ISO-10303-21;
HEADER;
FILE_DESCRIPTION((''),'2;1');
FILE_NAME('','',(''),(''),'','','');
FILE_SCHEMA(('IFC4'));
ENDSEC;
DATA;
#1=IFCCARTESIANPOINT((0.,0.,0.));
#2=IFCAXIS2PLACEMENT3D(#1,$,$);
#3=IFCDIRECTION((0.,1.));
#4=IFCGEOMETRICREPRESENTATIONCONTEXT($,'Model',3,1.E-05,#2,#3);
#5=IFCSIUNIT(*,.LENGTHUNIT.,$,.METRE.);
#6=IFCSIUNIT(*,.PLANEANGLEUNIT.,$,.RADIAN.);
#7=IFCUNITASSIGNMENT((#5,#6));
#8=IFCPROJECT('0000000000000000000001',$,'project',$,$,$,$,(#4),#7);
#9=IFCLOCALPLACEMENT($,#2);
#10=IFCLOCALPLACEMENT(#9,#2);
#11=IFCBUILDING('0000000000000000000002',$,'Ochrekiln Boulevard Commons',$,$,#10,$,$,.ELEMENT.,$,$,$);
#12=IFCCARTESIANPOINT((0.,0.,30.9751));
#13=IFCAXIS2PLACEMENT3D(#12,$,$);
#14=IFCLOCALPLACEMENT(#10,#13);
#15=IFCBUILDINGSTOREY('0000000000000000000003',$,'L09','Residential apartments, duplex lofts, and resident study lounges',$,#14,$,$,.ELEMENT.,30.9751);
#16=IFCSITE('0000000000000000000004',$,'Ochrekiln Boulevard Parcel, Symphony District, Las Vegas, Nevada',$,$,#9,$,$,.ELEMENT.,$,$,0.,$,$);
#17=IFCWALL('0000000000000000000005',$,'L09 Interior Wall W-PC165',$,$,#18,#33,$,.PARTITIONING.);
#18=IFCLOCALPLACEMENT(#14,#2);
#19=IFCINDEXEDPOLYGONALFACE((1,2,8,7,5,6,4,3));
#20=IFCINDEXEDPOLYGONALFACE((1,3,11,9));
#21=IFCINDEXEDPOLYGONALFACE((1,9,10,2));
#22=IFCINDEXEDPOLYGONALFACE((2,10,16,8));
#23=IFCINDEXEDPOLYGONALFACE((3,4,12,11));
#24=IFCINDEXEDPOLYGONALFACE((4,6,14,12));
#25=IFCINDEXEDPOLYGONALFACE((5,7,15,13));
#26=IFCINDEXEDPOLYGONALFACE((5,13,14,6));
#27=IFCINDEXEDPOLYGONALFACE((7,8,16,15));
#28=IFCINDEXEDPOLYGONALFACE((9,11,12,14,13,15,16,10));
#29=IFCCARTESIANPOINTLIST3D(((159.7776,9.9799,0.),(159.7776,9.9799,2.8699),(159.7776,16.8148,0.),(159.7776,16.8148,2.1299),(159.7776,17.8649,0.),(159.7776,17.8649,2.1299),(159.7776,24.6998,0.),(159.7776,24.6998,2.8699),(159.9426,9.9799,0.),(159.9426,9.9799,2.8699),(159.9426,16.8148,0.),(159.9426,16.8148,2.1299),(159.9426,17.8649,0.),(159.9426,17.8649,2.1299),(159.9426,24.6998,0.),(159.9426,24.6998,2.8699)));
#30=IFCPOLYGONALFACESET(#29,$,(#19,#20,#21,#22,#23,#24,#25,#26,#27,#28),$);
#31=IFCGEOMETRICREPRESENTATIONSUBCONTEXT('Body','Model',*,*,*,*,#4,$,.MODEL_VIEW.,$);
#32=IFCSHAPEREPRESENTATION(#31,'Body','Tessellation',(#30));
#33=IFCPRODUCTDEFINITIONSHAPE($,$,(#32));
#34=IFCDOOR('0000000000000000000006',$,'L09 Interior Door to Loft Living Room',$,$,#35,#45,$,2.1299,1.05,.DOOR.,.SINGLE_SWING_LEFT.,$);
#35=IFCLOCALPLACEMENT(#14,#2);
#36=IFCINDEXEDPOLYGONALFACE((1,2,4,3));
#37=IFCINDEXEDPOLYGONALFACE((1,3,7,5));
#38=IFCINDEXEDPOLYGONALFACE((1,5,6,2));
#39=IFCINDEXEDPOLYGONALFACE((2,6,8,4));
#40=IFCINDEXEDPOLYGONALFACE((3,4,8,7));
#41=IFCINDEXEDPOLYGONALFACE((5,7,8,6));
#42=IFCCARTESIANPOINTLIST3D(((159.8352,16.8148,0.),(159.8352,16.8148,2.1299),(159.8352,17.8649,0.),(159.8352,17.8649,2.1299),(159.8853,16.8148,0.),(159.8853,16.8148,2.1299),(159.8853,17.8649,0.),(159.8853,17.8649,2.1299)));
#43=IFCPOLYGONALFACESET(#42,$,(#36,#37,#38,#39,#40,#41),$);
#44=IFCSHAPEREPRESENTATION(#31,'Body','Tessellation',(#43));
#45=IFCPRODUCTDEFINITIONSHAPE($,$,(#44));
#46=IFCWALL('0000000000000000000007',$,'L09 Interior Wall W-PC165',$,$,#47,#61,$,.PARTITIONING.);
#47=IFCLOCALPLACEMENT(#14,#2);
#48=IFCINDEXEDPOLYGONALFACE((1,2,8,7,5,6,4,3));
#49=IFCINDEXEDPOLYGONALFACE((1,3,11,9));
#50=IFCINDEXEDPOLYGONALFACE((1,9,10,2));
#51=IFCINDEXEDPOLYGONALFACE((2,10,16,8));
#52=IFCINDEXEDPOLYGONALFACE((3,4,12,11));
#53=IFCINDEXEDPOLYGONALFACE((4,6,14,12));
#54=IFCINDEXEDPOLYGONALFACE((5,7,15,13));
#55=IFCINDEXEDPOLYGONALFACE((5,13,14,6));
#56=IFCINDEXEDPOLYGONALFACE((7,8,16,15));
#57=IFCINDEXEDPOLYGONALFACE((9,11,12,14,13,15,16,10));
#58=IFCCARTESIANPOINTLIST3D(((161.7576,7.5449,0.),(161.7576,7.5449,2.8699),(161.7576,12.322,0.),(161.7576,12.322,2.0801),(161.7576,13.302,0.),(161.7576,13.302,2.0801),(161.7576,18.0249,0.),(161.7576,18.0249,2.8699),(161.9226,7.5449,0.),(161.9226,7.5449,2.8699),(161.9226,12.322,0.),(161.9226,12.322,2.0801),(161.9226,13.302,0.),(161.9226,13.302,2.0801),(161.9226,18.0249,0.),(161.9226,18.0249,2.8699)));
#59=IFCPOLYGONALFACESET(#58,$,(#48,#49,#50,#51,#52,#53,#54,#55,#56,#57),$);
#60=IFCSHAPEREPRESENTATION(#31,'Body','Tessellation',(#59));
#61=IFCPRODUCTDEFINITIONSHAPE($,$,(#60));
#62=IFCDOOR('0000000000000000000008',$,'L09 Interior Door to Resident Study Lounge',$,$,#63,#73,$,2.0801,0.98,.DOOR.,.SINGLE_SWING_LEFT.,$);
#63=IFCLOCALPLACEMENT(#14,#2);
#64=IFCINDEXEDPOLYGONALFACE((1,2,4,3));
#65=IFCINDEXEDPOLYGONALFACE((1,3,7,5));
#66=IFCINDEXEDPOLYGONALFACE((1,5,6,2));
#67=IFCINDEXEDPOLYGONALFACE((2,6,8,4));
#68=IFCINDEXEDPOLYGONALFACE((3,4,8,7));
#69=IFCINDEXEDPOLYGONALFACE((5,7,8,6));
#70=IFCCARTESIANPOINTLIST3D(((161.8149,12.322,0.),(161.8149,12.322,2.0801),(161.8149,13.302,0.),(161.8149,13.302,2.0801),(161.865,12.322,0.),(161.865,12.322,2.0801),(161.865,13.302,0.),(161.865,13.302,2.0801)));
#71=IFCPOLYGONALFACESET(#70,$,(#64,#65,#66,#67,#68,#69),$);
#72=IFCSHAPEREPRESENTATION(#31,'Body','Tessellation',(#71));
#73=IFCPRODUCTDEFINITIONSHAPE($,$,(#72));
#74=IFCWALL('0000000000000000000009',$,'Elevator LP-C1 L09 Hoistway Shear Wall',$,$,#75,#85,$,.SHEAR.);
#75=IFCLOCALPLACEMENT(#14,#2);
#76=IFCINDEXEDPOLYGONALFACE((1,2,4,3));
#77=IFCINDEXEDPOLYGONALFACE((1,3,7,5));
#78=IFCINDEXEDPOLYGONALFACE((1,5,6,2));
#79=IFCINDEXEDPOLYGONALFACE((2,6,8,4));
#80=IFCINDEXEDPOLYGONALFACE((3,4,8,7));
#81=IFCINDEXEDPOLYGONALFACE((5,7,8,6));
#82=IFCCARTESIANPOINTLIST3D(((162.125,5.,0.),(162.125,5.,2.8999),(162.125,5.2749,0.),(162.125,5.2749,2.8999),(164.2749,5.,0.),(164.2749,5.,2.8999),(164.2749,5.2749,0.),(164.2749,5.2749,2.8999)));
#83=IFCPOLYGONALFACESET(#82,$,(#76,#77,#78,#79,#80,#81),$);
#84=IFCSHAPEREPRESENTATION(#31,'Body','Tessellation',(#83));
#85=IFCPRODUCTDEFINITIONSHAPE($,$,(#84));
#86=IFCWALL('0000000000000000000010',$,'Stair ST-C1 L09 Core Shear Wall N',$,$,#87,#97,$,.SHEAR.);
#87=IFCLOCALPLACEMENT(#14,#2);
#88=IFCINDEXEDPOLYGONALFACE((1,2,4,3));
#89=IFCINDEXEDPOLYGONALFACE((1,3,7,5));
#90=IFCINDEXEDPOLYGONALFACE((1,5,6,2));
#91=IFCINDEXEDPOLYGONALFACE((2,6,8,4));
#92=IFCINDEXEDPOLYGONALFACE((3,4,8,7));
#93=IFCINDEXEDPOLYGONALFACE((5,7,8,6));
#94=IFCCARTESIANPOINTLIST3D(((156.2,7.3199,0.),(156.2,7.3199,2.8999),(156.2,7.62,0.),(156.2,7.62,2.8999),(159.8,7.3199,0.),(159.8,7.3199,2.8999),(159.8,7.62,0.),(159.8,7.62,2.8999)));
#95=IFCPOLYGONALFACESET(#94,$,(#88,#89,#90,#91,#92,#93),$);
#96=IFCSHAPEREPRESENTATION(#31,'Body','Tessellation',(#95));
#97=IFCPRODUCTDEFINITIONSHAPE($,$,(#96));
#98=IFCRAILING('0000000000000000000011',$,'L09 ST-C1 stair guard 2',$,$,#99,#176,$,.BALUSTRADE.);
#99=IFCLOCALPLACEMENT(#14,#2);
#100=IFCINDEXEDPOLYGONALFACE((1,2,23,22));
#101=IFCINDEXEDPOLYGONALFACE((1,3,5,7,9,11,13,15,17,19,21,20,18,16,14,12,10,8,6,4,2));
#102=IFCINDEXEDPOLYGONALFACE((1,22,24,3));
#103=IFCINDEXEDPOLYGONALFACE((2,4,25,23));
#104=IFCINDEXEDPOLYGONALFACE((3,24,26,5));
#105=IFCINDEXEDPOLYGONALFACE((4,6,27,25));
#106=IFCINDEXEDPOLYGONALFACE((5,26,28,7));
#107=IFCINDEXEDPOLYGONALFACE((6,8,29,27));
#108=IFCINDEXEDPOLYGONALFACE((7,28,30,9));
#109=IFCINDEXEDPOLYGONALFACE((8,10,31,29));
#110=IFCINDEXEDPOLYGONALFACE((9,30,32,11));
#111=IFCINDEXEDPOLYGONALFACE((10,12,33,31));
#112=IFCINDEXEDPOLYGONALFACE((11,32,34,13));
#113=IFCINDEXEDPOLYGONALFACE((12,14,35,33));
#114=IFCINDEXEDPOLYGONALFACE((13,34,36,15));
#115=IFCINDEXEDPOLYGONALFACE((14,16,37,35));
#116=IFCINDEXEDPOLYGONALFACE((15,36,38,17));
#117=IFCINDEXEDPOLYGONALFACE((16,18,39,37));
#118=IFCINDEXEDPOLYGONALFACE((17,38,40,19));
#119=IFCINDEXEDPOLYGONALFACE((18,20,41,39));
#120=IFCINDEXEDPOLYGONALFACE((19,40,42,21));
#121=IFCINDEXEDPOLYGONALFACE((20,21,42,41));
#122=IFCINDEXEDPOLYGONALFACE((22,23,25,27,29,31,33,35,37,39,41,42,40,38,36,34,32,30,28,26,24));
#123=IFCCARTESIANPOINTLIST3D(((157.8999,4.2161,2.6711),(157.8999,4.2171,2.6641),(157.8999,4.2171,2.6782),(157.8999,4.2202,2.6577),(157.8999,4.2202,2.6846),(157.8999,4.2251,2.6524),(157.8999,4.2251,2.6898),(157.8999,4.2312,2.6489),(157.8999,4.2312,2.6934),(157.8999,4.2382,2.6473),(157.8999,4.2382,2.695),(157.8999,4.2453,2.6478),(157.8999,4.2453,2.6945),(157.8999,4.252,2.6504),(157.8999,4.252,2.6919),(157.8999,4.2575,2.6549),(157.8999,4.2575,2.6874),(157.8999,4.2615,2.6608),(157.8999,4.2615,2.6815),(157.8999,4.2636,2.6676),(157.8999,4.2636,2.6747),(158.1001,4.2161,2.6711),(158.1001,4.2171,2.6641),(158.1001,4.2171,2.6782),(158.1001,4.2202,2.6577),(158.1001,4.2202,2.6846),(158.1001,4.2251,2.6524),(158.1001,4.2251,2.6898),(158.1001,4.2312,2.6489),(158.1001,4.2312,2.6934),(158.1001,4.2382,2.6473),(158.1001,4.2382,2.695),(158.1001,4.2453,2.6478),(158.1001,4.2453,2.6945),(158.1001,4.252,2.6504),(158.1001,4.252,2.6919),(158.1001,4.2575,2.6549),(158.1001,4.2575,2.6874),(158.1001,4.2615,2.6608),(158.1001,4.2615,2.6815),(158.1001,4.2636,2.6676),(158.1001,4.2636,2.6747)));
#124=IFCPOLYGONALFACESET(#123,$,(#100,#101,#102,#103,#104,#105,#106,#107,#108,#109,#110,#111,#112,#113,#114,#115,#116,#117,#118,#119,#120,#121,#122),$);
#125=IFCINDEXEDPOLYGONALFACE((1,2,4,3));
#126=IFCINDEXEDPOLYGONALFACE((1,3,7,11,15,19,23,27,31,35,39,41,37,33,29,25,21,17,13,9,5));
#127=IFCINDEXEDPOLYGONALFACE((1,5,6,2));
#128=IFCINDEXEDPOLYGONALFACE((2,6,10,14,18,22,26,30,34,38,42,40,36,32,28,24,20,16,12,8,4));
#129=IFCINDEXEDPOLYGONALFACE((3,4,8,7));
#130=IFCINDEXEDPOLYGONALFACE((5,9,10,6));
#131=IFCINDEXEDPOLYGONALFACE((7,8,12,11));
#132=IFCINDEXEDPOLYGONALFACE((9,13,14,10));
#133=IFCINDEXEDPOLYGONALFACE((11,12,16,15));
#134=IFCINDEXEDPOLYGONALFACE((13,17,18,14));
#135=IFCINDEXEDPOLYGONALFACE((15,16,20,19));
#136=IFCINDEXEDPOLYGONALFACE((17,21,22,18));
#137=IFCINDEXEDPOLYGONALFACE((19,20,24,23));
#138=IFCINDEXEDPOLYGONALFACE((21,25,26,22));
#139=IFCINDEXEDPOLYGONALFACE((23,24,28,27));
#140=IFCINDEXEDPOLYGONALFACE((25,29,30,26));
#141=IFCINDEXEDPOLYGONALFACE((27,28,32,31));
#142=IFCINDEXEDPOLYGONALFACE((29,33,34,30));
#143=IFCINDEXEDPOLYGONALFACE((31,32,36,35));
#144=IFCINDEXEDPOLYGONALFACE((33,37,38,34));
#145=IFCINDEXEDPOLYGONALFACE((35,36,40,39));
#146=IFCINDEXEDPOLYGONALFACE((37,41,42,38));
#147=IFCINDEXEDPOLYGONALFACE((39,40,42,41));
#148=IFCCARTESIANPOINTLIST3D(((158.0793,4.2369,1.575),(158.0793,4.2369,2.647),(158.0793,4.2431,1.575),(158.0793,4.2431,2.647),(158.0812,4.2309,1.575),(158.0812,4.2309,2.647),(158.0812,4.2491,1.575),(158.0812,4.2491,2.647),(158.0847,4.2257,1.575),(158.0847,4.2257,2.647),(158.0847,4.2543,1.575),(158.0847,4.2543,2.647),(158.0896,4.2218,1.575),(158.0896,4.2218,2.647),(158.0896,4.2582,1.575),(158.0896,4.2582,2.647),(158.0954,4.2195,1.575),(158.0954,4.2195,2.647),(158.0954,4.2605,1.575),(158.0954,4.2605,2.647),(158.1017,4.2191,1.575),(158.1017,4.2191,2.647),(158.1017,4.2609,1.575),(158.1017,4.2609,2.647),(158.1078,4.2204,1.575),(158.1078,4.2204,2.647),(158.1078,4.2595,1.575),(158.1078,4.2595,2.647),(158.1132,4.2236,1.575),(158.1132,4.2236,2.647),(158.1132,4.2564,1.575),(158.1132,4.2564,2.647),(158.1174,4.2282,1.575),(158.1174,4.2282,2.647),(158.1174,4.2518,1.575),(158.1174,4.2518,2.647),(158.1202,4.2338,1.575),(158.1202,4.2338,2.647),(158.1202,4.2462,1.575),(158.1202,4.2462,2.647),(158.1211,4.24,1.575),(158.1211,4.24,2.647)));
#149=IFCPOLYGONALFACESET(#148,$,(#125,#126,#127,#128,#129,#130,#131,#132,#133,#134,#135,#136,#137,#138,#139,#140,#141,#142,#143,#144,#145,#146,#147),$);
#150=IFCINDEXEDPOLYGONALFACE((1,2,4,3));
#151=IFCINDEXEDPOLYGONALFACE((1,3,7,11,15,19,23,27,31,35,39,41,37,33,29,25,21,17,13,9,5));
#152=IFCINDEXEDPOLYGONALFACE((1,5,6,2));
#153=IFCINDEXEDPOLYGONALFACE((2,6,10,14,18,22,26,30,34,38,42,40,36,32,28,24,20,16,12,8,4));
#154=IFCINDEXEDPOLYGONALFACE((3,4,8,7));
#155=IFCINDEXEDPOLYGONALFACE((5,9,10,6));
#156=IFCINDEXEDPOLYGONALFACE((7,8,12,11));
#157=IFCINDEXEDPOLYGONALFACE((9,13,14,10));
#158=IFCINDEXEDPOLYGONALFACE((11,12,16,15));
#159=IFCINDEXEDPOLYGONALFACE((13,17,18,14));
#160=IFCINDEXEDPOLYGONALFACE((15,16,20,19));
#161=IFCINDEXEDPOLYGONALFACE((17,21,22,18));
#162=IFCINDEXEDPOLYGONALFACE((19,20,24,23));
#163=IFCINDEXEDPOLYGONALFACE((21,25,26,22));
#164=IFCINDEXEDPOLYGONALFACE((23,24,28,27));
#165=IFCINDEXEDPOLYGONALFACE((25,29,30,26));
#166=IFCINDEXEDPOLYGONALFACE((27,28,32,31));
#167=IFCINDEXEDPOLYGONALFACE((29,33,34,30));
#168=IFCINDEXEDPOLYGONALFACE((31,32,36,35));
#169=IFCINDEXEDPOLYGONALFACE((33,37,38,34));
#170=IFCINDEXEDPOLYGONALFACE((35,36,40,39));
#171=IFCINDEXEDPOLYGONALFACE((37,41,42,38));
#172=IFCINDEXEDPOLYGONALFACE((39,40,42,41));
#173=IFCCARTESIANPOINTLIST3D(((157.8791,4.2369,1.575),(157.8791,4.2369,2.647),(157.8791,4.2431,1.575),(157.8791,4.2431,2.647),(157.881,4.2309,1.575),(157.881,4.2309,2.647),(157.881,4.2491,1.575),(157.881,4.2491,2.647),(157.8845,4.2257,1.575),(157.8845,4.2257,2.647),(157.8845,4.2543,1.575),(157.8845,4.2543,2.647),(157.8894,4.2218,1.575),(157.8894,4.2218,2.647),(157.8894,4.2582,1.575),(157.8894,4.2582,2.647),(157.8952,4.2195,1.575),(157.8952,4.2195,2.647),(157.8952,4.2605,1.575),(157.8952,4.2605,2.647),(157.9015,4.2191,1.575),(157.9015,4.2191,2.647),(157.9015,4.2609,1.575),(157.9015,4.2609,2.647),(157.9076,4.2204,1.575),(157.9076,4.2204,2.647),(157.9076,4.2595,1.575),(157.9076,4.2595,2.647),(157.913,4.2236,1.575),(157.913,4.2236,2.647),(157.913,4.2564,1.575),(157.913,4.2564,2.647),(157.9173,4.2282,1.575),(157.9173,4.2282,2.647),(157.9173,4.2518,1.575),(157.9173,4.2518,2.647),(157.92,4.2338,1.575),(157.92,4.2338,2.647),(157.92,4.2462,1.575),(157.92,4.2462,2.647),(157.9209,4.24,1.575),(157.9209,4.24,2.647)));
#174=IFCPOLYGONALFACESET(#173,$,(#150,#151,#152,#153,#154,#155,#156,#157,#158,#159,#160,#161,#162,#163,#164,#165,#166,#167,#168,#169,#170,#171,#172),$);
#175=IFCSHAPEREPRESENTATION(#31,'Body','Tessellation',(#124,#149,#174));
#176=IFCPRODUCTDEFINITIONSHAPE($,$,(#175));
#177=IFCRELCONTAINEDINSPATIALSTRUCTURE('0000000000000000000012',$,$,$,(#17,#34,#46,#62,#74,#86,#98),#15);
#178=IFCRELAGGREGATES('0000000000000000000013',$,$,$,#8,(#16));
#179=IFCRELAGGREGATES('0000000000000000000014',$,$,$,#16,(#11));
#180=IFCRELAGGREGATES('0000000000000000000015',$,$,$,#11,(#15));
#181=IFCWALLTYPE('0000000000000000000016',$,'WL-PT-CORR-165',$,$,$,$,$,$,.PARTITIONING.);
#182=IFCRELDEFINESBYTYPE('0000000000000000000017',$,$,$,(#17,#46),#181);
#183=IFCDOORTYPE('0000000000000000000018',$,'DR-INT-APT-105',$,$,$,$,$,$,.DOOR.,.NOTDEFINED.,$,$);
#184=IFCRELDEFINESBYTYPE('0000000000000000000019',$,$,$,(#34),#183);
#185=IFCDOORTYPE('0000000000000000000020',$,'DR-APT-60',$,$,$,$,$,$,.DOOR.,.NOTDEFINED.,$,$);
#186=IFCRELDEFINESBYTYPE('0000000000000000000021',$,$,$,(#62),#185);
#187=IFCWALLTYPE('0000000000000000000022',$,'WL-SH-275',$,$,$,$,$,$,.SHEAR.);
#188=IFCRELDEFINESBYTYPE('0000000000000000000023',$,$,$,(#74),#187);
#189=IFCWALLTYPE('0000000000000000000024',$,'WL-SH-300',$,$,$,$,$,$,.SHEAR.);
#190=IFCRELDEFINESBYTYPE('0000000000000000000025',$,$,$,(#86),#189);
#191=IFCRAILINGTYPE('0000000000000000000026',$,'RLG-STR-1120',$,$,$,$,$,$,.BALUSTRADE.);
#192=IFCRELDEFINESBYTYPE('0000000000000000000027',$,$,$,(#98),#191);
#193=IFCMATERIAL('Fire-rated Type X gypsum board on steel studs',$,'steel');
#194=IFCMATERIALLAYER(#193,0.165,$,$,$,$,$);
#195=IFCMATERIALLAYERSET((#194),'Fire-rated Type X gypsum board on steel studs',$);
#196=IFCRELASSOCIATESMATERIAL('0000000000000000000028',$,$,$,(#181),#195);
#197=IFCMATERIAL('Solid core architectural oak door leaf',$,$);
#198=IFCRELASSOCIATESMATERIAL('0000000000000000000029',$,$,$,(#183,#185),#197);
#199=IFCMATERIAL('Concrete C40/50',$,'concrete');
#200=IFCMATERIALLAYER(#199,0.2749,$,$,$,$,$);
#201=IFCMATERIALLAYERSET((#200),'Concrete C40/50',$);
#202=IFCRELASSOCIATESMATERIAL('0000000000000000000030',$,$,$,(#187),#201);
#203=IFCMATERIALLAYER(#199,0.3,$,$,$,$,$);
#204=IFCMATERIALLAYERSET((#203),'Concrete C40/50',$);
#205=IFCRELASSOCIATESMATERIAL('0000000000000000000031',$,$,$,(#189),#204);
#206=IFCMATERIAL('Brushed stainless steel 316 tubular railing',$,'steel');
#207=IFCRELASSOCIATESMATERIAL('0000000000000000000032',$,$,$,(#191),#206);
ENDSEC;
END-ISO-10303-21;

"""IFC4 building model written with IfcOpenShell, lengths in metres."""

from ifc_helpers import new_model, si_unit, direction, frame, frame_2d, origin, origin_2d, place, context, subcontext, project, spatial, rectangle, circle, extrude, material, layer, layer_set, type_object, element, fill, save


model = new_model("IFC4")

# Units and contexts
model_context = context("Model", 3, precision=1e-05, world=origin(), true_north=direction((0.0, 1.0)))
body_context = subcontext(model_context, "Body", "Model", "MODEL_VIEW")
ifc_project = project(units=[si_unit("LENGTHUNIT", "METRE"), si_unit("PLANEANGLEUNIT", "RADIAN")], contexts=[model_context])

# Site, building, storey
site_placement = place(None, origin())
site = spatial("IfcSite", under=ifc_project, at=site_placement, Name="Ochrekiln Boulevard Parcel, Symphony District, Las Vegas, Nevada", CompositionType="ELEMENT", RefElevation=0.0)
building_placement = place(site_placement, origin())
building = spatial("IfcBuilding", under=site, at=building_placement, Name="Ochrekiln Boulevard Commons", CompositionType="ELEMENT")
storey_placement = place(building_placement, frame((0.0, 0.0, 30.9751)))
storey = spatial("IfcBuildingStorey", under=building, at=storey_placement, Name="L09", Description="Residential apartments, duplex lofts, and resident study lounges", CompositionType="ELEMENT", Elevation=30.9751)

# Shared definitions
ifc_material_1 = material(Name="Concrete C40/50", Category="concrete")

# Shared definitions
ifc_material_2 = material(Name="Solid core architectural oak door leaf")

# Shared definitions
ifc_material_3 = material(Name="Fire-rated Type X gypsum board on steel studs", Category="steel")

# Walls, openings, doors
ifc_layer_1 = layer(ifc_material_3, 0.165)
ifc_layer_set_1 = layer_set([ifc_layer_1], Name="Fire-rated Type X gypsum board on steel studs")
wall_type_1 = type_object("IfcWallType", Name="WL-PT-CORR-165", PredefinedType="PARTITIONING", material=ifc_layer_set_1)
wall_1_placement = place(storey_placement, frame((159.8601, 9.98, 0.0), z_axis=(0.0, 0.0, 1.0), x_axis=(0.0, 1.0, 0.0)))
wall_1 = element("IfcWall", 1, at=wall_1_placement, inside=storey, type_object=wall_type_1, Name="L09 Interior Wall W-PC165", PredefinedType="PARTITIONING", context=body_context, shape_type="SweptSolid", body=[
    extrude(rectangle(XDim=14.72, YDim=0.165, at=frame_2d((7.3599, 0.0))), origin(), (0.0, 0.0, 1.0), 2.8699),
])
opening_1_placement = place(wall_1_placement, frame((6.835, 0.0, 0.0)))
opening_1 = element("IfcOpeningElement", 2, at=opening_1_placement, cuts=wall_1, PredefinedType="OPENING", context=body_context, shape_type="SweptSolid", body=[
    extrude(rectangle(XDim=1.05, YDim=2.1299, at=frame_2d((0.5249, 1.0649))), frame((0.0, 0.0925, 0.0), z_axis=(0.0, -1.0, 0.0), x_axis=(1.0, 0.0, 0.0)), (0.0, 0.0, 1.0), 0.1851),
])
door_type_1 = type_object("IfcDoorType", Name="DR-INT-APT-105", OperationType="NOTDEFINED", PredefinedType="DOOR", material=ifc_material_2)
door_1_placement = place(opening_1_placement, origin())
door_1 = element("IfcDoor", 3, at=door_1_placement, inside=storey, type_object=door_type_1, Name="L09 Interior Door to Loft Living Room", OperationType="SINGLE_SWING_LEFT", OverallHeight=2.1299, OverallWidth=1.05, PredefinedType="DOOR", context=body_context, shape_type="SweptSolid", body=[
    extrude(rectangle(XDim=1.05, YDim=2.1299, at=frame_2d((0.5249, 1.0649))), frame((0.0, 0.0249, 0.0), z_axis=(0.0, -1.0, 0.0), x_axis=(1.0, 0.0, 0.0)), (0.0, 0.0, 1.0), 0.05),
])
fill(opening_1, door_1)
wall_2_placement = place(storey_placement, frame((161.8401, 7.5449, 0.0), z_axis=(0.0, 0.0, 1.0), x_axis=(0.0, 1.0, 0.0)))
wall_2 = element("IfcWall", 4, at=wall_2_placement, inside=storey, type_object=wall_type_1, Name="L09 Interior Wall W-PC165", PredefinedType="PARTITIONING", context=body_context, shape_type="SweptSolid", body=[
    extrude(rectangle(XDim=10.48, YDim=0.165, at=frame_2d((5.24, 0.0))), origin(), (0.0, 0.0, 1.0), 2.8699),
])
opening_2_placement = place(wall_2_placement, frame((4.7771, 0.0, 0.0)))
opening_2 = element("IfcOpeningElement", 5, at=opening_2_placement, cuts=wall_2, PredefinedType="OPENING", context=body_context, shape_type="SweptSolid", body=[
    extrude(rectangle(XDim=0.98, YDim=2.0801, at=frame_2d((0.49, 1.04))), frame((0.0, 0.0925, 0.0), z_axis=(0.0, -1.0, 0.0), x_axis=(1.0, 0.0, 0.0)), (0.0, 0.0, 1.0), 0.1851),
])
door_type_2 = type_object("IfcDoorType", Name="DR-APT-60", OperationType="NOTDEFINED", PredefinedType="DOOR", material=ifc_material_2)
door_2_placement = place(opening_2_placement, frame((0.98, 0.0, 0.0), z_axis=(0.0, 0.0, 1.0), x_axis=(-1.0, 0.0, 0.0)))
door_2 = element("IfcDoor", 6, at=door_2_placement, inside=storey, type_object=door_type_2, Name="L09 Interior Door to Resident Study Lounge", OperationType="SINGLE_SWING_LEFT", OverallHeight=2.0801, OverallWidth=0.98, PredefinedType="DOOR", context=body_context, shape_type="SweptSolid", body=[
    extrude(rectangle(XDim=0.98, YDim=2.0801, at=frame_2d((0.49, 1.04))), frame((0.0, 0.0249, 0.0), z_axis=(0.0, -1.0, 0.0), x_axis=(1.0, 0.0, 0.0)), (0.0, 0.0, 1.0), 0.05),
])
fill(opening_2, door_2)

# Walls
ifc_layer_2 = layer(ifc_material_1, 0.2749)
ifc_layer_set_2 = layer_set([ifc_layer_2], Name="Concrete C40/50")
wall_type_2 = type_object("IfcWallType", Name="WL-SH-275", PredefinedType="SHEAR", material=ifc_layer_set_2)
wall_3_placement = place(storey_placement, frame((162.125, 5.1375, 0.0), z_axis=(0.0, 0.0, 1.0), x_axis=(1.0, 0.0, 0.0)))
element("IfcWall", 7, at=wall_3_placement, inside=storey, type_object=wall_type_2, Name="Elevator LP-C1 L09 Hoistway Shear Wall", PredefinedType="SHEAR", context=body_context, shape_type="SweptSolid", body=[
    extrude(rectangle(XDim=2.1499, YDim=0.2749, at=frame_2d((1.075, 0.0))), origin(), (0.0, 0.0, 1.0), 2.8999),
])
ifc_layer_3 = layer(ifc_material_1, 0.3)
ifc_layer_set_3 = layer_set([ifc_layer_3], Name="Concrete C40/50")
wall_type_3 = type_object("IfcWallType", Name="WL-SH-300", PredefinedType="SHEAR", material=ifc_layer_set_3)
wall_4_placement = place(storey_placement, frame((156.2, 7.47, 0.0), z_axis=(0.0, 0.0, 1.0), x_axis=(1.0, 0.0, 0.0)))
element("IfcWall", 8, at=wall_4_placement, inside=storey, type_object=wall_type_3, Name="Stair ST-C1 L09 Core Shear Wall N", PredefinedType="SHEAR", context=body_context, shape_type="SweptSolid", body=[
    extrude(rectangle(XDim=3.6001, YDim=0.3, at=frame_2d((1.8, 0.0))), origin(), (0.0, 0.0, 1.0), 2.8999),
])

# Railing
ifc_material_4 = material(Name="Brushed stainless steel 316 tubular railing", Category="steel")
railing_type = type_object("IfcRailingType", Name="RLG-STR-1120", PredefinedType="BALUSTRADE", material=ifc_material_4)
railing_1_placement = place(storey_placement, frame((158.1001, 4.24, 1.575)))
element("IfcRailing", 9, at=railing_1_placement, inside=storey, type_object=railing_type, Name="L09 ST-C1 stair guard 2", PredefinedType="BALUSTRADE", context=body_context, shape_type="SweptSolid", body=[
    extrude(circle(Radius=0.0239, at=origin_2d()), frame((0.0, 0.0, 1.0962), z_axis=(-1.0, 0.0, 0.0), x_axis=(0.0, -1.0, 0.0)), (0.0, 0.0, 1.0), 0.2002),
    extrude(circle(Radius=0.021, at=origin_2d()), origin(), (0.0, 0.0, 1.0), 1.072),
    extrude(circle(Radius=0.021, at=origin_2d()), frame((-0.2002, 0.0, 0.0)), (0.0, 0.0, 1.0), 1.072),
])

save(model, "model.ifc")
